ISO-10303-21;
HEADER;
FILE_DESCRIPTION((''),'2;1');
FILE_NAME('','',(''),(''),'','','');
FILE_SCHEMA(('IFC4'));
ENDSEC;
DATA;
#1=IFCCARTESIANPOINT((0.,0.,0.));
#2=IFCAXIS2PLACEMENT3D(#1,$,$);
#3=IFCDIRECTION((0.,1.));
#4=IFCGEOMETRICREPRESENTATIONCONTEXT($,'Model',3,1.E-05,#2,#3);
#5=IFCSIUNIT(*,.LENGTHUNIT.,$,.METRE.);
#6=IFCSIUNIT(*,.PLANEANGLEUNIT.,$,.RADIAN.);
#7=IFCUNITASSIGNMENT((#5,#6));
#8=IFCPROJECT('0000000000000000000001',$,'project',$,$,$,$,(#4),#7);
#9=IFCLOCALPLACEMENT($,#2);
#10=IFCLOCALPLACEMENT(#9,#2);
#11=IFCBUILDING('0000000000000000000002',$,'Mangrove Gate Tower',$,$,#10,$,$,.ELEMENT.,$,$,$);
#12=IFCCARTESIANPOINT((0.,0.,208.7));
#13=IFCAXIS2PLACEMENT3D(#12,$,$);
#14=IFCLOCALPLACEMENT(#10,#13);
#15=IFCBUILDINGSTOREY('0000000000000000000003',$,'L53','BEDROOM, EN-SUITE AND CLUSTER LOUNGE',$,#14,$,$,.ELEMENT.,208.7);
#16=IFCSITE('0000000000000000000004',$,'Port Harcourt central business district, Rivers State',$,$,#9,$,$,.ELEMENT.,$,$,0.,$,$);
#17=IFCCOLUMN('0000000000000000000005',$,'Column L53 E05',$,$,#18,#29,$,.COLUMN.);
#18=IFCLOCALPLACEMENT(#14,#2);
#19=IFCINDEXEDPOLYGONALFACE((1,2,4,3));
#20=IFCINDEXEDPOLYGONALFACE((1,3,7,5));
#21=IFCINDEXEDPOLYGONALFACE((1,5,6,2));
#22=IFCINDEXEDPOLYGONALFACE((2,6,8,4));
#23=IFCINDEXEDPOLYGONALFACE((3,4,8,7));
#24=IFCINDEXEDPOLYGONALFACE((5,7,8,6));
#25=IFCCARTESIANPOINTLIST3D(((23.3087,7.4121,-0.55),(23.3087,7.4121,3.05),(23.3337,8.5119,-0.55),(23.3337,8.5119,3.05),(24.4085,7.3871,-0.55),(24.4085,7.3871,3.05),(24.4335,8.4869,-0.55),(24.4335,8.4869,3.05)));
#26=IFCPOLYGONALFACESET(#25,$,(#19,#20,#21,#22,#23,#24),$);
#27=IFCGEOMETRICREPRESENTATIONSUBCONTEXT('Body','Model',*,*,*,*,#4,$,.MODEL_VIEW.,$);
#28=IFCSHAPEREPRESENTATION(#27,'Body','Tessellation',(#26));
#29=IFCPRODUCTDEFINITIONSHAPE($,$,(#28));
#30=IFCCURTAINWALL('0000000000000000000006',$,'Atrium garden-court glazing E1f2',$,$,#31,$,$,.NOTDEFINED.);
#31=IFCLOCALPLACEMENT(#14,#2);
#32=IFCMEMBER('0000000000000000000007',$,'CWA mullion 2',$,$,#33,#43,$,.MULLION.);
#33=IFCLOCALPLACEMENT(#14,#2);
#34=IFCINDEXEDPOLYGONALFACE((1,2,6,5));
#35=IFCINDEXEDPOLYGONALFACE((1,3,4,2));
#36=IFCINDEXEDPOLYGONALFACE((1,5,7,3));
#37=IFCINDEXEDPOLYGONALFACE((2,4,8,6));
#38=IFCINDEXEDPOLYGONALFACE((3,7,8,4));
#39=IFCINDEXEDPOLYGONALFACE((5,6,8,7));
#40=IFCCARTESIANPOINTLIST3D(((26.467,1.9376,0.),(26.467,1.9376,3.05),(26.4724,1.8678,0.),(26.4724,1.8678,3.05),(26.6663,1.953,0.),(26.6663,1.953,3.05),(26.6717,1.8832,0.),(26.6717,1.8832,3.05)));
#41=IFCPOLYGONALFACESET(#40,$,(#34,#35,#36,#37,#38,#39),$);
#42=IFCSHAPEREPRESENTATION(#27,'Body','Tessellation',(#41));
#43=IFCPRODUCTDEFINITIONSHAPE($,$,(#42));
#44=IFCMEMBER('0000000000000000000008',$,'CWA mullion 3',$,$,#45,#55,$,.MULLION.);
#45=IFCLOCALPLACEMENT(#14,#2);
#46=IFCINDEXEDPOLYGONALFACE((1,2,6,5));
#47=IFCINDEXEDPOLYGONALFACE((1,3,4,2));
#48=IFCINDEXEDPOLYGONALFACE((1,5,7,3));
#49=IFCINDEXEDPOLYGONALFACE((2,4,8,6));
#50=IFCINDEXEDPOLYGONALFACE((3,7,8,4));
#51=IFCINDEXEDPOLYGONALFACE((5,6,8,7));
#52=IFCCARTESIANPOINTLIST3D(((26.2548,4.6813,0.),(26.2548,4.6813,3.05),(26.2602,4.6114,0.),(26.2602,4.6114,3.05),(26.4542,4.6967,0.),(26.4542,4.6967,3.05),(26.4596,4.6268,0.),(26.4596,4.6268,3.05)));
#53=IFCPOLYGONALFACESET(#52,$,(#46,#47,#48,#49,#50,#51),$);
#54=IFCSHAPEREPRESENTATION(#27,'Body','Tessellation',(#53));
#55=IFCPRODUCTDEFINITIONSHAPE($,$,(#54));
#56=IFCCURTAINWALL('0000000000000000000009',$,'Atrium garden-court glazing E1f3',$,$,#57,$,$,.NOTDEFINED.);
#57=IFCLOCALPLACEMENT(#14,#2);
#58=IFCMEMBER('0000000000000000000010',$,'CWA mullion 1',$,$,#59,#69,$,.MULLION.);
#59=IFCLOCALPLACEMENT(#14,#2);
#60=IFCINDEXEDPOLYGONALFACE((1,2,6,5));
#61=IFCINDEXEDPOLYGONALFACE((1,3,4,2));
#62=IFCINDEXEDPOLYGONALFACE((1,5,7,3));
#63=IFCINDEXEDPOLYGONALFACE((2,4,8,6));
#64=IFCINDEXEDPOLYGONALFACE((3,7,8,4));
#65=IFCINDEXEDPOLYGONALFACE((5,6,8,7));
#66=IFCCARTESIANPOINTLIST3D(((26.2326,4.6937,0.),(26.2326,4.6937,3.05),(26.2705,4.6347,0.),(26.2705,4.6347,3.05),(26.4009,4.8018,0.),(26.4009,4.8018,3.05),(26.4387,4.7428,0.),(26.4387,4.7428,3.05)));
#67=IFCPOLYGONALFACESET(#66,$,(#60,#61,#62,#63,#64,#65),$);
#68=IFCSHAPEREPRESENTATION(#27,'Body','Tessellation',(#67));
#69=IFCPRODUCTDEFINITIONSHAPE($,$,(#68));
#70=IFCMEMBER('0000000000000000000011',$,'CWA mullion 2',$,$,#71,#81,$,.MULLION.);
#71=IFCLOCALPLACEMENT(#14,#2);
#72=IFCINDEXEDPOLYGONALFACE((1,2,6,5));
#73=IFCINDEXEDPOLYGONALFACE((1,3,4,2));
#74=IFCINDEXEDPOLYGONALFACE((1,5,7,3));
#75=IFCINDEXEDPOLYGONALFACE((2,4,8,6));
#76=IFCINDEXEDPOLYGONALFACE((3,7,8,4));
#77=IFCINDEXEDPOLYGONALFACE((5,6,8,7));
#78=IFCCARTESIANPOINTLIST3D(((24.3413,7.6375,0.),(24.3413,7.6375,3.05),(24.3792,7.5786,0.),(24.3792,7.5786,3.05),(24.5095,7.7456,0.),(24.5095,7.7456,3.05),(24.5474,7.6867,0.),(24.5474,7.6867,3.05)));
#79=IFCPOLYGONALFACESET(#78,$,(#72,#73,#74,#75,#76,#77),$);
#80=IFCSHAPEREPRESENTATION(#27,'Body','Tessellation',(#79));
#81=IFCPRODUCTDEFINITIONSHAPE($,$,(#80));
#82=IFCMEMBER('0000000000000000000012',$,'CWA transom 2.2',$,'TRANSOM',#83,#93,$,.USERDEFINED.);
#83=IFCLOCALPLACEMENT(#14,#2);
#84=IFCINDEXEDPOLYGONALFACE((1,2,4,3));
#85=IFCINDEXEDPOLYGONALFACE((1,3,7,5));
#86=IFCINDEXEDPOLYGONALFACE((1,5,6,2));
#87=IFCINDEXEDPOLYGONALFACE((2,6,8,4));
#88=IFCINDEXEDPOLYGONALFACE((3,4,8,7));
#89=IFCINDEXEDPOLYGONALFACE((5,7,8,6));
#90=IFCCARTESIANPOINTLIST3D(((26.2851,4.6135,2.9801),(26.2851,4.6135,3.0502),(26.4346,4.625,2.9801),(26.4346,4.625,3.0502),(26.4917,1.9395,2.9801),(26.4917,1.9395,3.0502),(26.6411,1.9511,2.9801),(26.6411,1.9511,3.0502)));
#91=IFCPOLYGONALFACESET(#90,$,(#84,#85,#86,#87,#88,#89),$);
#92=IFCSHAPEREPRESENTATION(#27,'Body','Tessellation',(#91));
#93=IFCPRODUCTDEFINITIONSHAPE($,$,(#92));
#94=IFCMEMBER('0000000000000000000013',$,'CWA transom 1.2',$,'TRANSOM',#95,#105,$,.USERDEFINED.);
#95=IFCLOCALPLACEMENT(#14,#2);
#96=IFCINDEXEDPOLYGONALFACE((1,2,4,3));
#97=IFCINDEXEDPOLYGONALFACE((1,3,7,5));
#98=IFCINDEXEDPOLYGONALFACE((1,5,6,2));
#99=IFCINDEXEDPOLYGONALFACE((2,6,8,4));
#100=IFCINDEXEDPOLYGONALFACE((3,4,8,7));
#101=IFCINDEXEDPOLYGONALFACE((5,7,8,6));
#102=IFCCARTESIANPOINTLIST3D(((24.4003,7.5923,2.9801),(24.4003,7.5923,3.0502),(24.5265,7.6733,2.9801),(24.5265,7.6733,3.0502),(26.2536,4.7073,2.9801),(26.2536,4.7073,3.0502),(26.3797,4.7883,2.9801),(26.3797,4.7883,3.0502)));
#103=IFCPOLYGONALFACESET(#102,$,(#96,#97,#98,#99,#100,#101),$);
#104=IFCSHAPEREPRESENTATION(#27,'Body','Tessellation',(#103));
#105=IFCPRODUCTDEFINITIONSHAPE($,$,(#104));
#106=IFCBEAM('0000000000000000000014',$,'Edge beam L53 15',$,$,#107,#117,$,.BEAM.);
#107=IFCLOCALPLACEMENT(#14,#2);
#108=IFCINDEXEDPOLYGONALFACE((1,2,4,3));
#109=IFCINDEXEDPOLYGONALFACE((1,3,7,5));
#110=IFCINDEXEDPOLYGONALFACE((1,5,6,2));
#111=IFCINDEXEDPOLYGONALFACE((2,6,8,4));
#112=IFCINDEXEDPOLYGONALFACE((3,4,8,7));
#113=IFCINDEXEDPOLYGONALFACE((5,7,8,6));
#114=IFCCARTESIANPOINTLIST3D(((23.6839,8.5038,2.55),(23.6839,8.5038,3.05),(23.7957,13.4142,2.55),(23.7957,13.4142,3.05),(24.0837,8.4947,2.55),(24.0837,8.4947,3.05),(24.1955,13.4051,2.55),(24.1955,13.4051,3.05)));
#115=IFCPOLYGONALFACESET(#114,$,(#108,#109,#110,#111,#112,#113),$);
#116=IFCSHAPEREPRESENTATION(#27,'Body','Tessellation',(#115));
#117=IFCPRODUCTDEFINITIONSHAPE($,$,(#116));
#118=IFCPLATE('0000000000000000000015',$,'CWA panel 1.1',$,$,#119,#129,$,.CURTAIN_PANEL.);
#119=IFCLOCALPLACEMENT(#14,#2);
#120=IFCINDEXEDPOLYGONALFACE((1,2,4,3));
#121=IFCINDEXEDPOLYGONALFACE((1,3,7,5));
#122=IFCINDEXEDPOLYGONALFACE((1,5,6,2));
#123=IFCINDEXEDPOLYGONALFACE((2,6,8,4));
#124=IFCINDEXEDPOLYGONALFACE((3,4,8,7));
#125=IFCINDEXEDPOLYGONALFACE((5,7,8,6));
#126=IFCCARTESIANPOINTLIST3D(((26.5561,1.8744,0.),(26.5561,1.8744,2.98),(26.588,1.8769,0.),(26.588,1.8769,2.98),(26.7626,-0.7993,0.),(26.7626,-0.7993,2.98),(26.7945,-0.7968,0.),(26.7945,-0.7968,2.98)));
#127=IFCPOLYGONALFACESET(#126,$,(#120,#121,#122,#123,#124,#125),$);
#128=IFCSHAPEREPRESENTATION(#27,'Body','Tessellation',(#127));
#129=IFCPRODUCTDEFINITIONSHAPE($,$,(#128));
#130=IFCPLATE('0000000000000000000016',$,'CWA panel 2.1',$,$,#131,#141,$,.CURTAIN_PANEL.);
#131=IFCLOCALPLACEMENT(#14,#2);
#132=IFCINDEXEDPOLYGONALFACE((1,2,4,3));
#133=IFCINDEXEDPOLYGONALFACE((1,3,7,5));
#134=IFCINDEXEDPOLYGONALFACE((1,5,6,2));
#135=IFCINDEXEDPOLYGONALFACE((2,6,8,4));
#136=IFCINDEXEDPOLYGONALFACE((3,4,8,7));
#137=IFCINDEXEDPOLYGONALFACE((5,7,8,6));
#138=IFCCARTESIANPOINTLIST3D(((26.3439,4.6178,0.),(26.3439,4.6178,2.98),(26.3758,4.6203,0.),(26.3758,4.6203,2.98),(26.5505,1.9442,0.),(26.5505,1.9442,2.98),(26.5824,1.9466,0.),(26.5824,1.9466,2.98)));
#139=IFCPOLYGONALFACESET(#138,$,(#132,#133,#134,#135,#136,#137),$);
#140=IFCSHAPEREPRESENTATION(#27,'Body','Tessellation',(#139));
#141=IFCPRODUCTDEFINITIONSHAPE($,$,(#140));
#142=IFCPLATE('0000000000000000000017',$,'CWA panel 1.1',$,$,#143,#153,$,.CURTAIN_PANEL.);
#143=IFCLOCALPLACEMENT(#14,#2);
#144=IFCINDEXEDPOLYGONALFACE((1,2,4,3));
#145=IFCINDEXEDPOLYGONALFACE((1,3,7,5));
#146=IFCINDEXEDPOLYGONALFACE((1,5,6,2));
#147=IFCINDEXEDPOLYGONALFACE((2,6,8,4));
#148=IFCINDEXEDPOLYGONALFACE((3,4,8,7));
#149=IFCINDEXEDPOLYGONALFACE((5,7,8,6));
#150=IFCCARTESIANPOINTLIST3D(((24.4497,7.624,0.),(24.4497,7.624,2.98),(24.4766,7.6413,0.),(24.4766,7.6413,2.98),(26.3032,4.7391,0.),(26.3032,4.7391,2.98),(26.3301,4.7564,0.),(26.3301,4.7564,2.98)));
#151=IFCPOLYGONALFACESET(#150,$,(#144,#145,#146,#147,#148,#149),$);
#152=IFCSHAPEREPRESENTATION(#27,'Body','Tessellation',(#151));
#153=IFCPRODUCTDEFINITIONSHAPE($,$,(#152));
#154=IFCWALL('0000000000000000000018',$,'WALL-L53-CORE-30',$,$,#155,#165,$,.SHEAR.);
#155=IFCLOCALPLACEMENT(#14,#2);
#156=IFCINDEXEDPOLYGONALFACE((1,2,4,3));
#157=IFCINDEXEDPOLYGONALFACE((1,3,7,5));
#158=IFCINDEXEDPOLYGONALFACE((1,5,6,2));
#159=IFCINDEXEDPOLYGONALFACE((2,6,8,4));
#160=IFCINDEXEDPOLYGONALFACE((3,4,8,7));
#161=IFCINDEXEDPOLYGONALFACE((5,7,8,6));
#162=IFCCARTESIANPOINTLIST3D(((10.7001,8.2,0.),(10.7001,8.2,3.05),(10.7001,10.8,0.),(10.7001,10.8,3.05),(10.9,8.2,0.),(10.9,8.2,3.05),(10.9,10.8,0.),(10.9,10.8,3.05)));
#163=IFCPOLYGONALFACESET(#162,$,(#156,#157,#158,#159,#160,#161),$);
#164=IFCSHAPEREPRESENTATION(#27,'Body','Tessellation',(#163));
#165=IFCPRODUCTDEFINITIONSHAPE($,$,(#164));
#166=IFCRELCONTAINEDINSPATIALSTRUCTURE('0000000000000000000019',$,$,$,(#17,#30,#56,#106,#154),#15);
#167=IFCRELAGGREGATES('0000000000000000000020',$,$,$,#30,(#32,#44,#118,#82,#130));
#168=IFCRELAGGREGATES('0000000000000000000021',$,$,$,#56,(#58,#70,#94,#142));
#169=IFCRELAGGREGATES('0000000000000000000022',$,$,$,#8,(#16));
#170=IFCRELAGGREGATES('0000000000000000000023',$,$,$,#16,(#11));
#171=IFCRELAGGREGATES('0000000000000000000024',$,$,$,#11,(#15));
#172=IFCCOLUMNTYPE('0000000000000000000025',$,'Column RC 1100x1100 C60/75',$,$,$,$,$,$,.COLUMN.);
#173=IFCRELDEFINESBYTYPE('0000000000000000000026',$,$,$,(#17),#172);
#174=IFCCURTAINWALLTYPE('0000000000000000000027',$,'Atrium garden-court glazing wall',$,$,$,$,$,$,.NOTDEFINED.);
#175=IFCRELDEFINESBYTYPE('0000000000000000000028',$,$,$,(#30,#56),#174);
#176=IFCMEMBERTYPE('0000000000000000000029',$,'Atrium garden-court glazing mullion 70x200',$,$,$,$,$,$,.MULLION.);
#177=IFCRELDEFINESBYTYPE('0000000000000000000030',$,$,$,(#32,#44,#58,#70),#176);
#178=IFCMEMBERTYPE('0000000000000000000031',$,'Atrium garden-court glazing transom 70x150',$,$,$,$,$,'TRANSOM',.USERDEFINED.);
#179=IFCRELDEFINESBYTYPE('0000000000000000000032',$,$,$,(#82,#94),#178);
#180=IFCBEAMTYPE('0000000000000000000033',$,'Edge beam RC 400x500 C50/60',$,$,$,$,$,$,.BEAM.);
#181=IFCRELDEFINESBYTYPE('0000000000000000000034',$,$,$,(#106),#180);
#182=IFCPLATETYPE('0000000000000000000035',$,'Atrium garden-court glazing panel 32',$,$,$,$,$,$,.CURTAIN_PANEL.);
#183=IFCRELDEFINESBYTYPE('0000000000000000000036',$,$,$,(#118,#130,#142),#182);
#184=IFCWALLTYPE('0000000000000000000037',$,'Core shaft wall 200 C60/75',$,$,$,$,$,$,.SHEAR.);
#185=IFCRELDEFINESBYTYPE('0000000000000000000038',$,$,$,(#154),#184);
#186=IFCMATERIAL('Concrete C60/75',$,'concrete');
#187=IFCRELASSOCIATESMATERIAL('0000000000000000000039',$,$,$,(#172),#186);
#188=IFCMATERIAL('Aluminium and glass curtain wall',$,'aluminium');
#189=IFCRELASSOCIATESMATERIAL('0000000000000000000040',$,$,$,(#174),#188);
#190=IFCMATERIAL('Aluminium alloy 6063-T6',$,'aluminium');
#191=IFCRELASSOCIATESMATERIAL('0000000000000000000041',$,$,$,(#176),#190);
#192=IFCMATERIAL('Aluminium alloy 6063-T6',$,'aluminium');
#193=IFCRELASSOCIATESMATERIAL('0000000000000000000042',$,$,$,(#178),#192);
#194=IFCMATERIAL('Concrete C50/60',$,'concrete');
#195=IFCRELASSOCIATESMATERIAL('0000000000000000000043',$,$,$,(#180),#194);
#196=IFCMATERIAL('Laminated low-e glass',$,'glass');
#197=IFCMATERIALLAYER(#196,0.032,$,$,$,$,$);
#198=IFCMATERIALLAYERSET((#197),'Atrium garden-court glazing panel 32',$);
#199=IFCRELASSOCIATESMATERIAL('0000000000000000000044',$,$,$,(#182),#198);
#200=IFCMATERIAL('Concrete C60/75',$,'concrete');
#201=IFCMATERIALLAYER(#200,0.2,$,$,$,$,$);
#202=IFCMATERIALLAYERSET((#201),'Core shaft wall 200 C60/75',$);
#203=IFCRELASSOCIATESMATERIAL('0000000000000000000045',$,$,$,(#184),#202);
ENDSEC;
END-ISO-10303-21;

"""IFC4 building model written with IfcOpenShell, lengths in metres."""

from ifc_helpers import new_model, si_unit, direction, frame, frame_2d, origin, origin_2d, place, context, subcontext, project, spatial, rectangle, extrude, material, layer, layer_set, material_profile, profile_set, type_object, element, aggregate, save


model = new_model("IFC4")

# Units and contexts
model_context = context("Model", 3, precision=1e-05, world=origin(), true_north=direction((0.0, 1.0)))
body_context = subcontext(model_context, "Body", "Model", "MODEL_VIEW")
ifc_project = project(units=[si_unit("LENGTHUNIT", "METRE"), si_unit("PLANEANGLEUNIT", "RADIAN")], contexts=[model_context])

# Site, building, storey
site_placement = place(None, origin())
site = spatial("IfcSite", under=ifc_project, at=site_placement, Name="Port Harcourt central business district, Rivers State", CompositionType="ELEMENT", RefElevation=0.0)
building_placement = place(site_placement, origin())
building = spatial("IfcBuilding", under=site, at=building_placement, Name="Mangrove Gate Tower", CompositionType="ELEMENT")
storey_placement = place(building_placement, frame((0.0, 0.0, 208.7)))
storey = spatial("IfcBuildingStorey", under=building, at=storey_placement, Name="L53", Description="BEDROOM, EN-SUITE AND CLUSTER LOUNGE", CompositionType="ELEMENT", Elevation=208.7)

# Column
ifc_material_1 = material(Name="Concrete C60/75", Category="concrete")
ifc_material_profile_1 = material_profile(ifc_material_1, rectangle(XDim=1.1001, YDim=1.1001, at=origin_2d()))
ifc_profile_set_1 = profile_set([ifc_material_profile_1], Name="Concrete C60/75")
column_type = type_object("IfcColumnType", Name="Column RC 1100x1100 C60/75", PredefinedType="COLUMN", material=ifc_profile_set_1)
column_placement = place(storey_placement, frame((23.8711, 7.9495, -0.55), z_axis=(0.0, 0.0, 1.0), x_axis=(0.022719, 0.999742, 0.0)))
element("IfcColumn", 1, at=column_placement, inside=storey, type_object=column_type, Name="Column L53 E05", PredefinedType="COLUMN", context=body_context, shape_type="SweptSolid", body=[
    extrude(rectangle(XDim=1.1001, YDim=1.1001, at=origin_2d()), origin(), (0.0, 0.0, 1.0), 3.6001),
])

# Curtain walls, members
ifc_material_2 = material(Name="Aluminium and glass curtain wall", Category="aluminium")
curtain_wall_type = type_object("IfcCurtainWallType", Name="Atrium garden-court glazing wall", PredefinedType="NOTDEFINED", material=ifc_material_2)
curtain_wall_1_placement = place(storey_placement, origin())
curtain_wall_1 = element("IfcCurtainWall", 2, at=curtain_wall_1_placement, inside=storey, type_object=curtain_wall_type, Name="Atrium garden-court glazing E1f2", PredefinedType="NOTDEFINED")
ifc_material_3 = material(Name="Aluminium alloy 6063-T6", Category="aluminium")
ifc_material_profile_2 = material_profile(ifc_material_3, rectangle(XDim=0.0701, YDim=0.2, at=origin_2d()))
ifc_profile_set_2 = profile_set([ifc_material_profile_2], Name="Aluminium alloy 6063-T6")
member_type_1 = type_object("IfcMemberType", Name="Atrium garden-court glazing mullion 70x200", PredefinedType="MULLION", material=ifc_profile_set_2)
member_1_placement = place(storey_placement, frame((26.5693, 1.9104, 0.0), z_axis=(0.0, 0.0, 1.0), x_axis=(-0.077023, 0.997029, 0.0)))
member_1 = element("IfcMember", 3, at=member_1_placement, type_object=member_type_1, Name="CWA mullion 2", PredefinedType="MULLION", context=body_context, shape_type="SweptSolid", body=[
    extrude(rectangle(XDim=0.0701, YDim=0.2, at=origin_2d()), origin(), (0.0, 0.0, 1.0), 3.05),
])
member_2_placement = place(storey_placement, frame((26.3572, 4.6541, 0.0), z_axis=(0.0, 0.0, 1.0), x_axis=(-0.077023, 0.997029, 0.0)))
member_2 = element("IfcMember", 4, at=member_2_placement, type_object=member_type_1, Name="CWA mullion 3", PredefinedType="MULLION", context=body_context, shape_type="SweptSolid", body=[
    extrude(rectangle(XDim=0.0701, YDim=0.2, at=origin_2d()), origin(), (0.0, 0.0, 1.0), 3.05),
])
curtain_wall_2_placement = place(storey_placement, origin())
curtain_wall_2 = element("IfcCurtainWall", 5, at=curtain_wall_2_placement, inside=storey, type_object=curtain_wall_type, Name="Atrium garden-court glazing E1f3", PredefinedType="NOTDEFINED")
member_3_placement = place(storey_placement, frame((26.3357, 4.7183, 0.0), z_axis=(0.0, 0.0, 1.0), x_axis=(-0.540523, 0.841329, 0.0)))
member_3 = element("IfcMember", 6, at=member_3_placement, type_object=member_type_1, Name="CWA mullion 1", PredefinedType="MULLION", context=body_context, shape_type="SweptSolid", body=[
    extrude(rectangle(XDim=0.0701, YDim=0.2, at=origin_2d()), origin(), (0.0, 0.0, 1.0), 3.05),
])
member_4_placement = place(storey_placement, frame((24.4443, 7.6621, 0.0), z_axis=(0.0, 0.0, 1.0), x_axis=(-0.540523, 0.841329, 0.0)))
member_4 = element("IfcMember", 7, at=member_4_placement, type_object=member_type_1, Name="CWA mullion 2", PredefinedType="MULLION", context=body_context, shape_type="SweptSolid", body=[
    extrude(rectangle(XDim=0.0701, YDim=0.2, at=origin_2d()), origin(), (0.0, 0.0, 1.0), 3.05),
])

# Members
ifc_material_4 = material(Name="Aluminium alloy 6063-T6", Category="aluminium")
ifc_material_profile_3 = material_profile(ifc_material_4, rectangle(XDim=0.0701, YDim=0.1499, at=origin_2d()))
ifc_profile_set_3 = profile_set([ifc_material_profile_3], Name="Aluminium alloy 6063-T6")
member_type_2 = type_object("IfcMemberType", Name="Atrium garden-court glazing transom 70x150", ElementType="TRANSOM", PredefinedType="USERDEFINED", material=ifc_profile_set_3)
member_5_placement = place(storey_placement, frame((26.5664, 1.9453, 3.0151), z_axis=(-0.077017, 0.99703, 0.0), x_axis=(0.0, 0.0, 1.0)))
member_5 = element("IfcMember", 8, at=member_5_placement, type_object=member_type_2, Name="CWA transom 2.2", ObjectType="TRANSOM", PredefinedType="USERDEFINED", context=body_context, shape_type="SweptSolid", body=[
    extrude(rectangle(XDim=0.0701, YDim=0.1499, at=origin_2d()), origin(), (0.0, 0.0, 1.0), 2.6819),
])
member_6_placement = place(storey_placement, frame((26.3167, 4.7478, 3.0151), z_axis=(-0.540473, 0.841361, 0.0), x_axis=(0.0, 0.0, 1.0)))
member_6 = element("IfcMember", 9, at=member_6_placement, type_object=member_type_2, Name="CWA transom 1.2", ObjectType="TRANSOM", PredefinedType="USERDEFINED", context=body_context, shape_type="SweptSolid", body=[
    extrude(rectangle(XDim=0.0701, YDim=0.1499, at=origin_2d()), origin(), (0.0, 0.0, 1.0), 3.429),
])

# Beam
ifc_material_5 = material(Name="Concrete C50/60", Category="concrete")
ifc_material_profile_4 = material_profile(ifc_material_5, rectangle(XDim=0.3999, YDim=0.5, at=origin_2d()))
ifc_profile_set_4 = profile_set([ifc_material_profile_4], Name="Concrete C50/60")
beam_type = type_object("IfcBeamType", Name="Edge beam RC 400x500 C50/60", PredefinedType="BEAM", material=ifc_profile_set_4)
beam_placement = place(storey_placement, frame((23.8838, 8.4993, 2.8), z_axis=(0.022765, 0.999741, 0.0), x_axis=(-0.999741, 0.022765, 0.0)))
element("IfcBeam", 10, at=beam_placement, inside=storey, type_object=beam_type, Name="Edge beam L53 15", PredefinedType="BEAM", context=body_context, shape_type="SweptSolid", body=[
    extrude(rectangle(XDim=0.3999, YDim=0.5, at=origin_2d()), origin(), (0.0, 0.0, 1.0), 4.9116),
])

# Plates
ifc_material_6 = material(Name="Laminated low-e glass", Category="glass")
ifc_layer_1 = layer(ifc_material_6, 0.032)
ifc_layer_set_1 = layer_set([ifc_layer_1], Name="Atrium garden-court glazing panel 32")
plate_type = type_object("IfcPlateType", Name="Atrium garden-court glazing panel 32", PredefinedType="CURTAIN_PANEL", material=ifc_layer_set_1)
plate_1_placement = place(storey_placement, frame((26.6753, 0.5388, 0.0), z_axis=(0.0, 0.0, 1.0), x_axis=(-0.077023, 0.997029, 0.0)))
plate_1 = element("IfcPlate", 11, at=plate_1_placement, type_object=plate_type, Name="CWA panel 1.1", PredefinedType="CURTAIN_PANEL", context=body_context, shape_type="SweptSolid", body=[
    extrude(rectangle(XDim=2.6816, YDim=0.032, at=origin_2d()), origin(), (0.0, 0.0, 1.0), 2.98),
])
plate_2_placement = place(storey_placement, frame((26.4631, 3.2822, 0.0), z_axis=(0.0, 0.0, 1.0), x_axis=(-0.077023, 0.997029, 0.0)))
plate_2 = element("IfcPlate", 12, at=plate_2_placement, type_object=plate_type, Name="CWA panel 2.1", PredefinedType="CURTAIN_PANEL", context=body_context, shape_type="SweptSolid", body=[
    extrude(rectangle(XDim=2.6816, YDim=0.032, at=origin_2d()), origin(), (0.0, 0.0, 1.0), 2.98),
])
aggregate(curtain_wall_1, [member_1, member_2, plate_1, member_5, plate_2])
plate_3_placement = place(storey_placement, frame((25.3899, 6.1902, 0.0), z_axis=(0.0, 0.0, 1.0), x_axis=(-0.540523, 0.841329, 0.0)))
plate_3 = element("IfcPlate", 13, at=plate_3_placement, type_object=plate_type, Name="CWA panel 1.1", PredefinedType="CURTAIN_PANEL", context=body_context, shape_type="SweptSolid", body=[
    extrude(rectangle(XDim=3.429, YDim=0.032, at=origin_2d()), origin(), (0.0, 0.0, 1.0), 2.98),
])
aggregate(curtain_wall_2, [member_3, member_4, member_6, plate_3])

# Wall
ifc_material_7 = material(Name="Concrete C60/75", Category="concrete")
ifc_layer_2 = layer(ifc_material_7, 0.2)
ifc_layer_set_2 = layer_set([ifc_layer_2], Name="Core shaft wall 200 C60/75")
wall_type_1 = type_object("IfcWallType", Name="Core shaft wall 200 C60/75", PredefinedType="SHEAR", material=ifc_layer_set_2)
wall_1_placement = place(storey_placement, frame((10.8, 8.2, 0.0), z_axis=(0.0, 0.0, 1.0), x_axis=(0.0, 1.0, 0.0)))
element("IfcWall", 14, at=wall_1_placement, inside=storey, type_object=wall_type_1, Name="WALL-L53-CORE-30", PredefinedType="SHEAR", context=body_context, shape_type="SweptSolid", body=[
    extrude(rectangle(XDim=2.6001, YDim=0.2, at=frame_2d((1.3, 0.0))), origin(), (0.0, 0.0, 1.0), 3.05),
])

save(model, "model.ifc")
